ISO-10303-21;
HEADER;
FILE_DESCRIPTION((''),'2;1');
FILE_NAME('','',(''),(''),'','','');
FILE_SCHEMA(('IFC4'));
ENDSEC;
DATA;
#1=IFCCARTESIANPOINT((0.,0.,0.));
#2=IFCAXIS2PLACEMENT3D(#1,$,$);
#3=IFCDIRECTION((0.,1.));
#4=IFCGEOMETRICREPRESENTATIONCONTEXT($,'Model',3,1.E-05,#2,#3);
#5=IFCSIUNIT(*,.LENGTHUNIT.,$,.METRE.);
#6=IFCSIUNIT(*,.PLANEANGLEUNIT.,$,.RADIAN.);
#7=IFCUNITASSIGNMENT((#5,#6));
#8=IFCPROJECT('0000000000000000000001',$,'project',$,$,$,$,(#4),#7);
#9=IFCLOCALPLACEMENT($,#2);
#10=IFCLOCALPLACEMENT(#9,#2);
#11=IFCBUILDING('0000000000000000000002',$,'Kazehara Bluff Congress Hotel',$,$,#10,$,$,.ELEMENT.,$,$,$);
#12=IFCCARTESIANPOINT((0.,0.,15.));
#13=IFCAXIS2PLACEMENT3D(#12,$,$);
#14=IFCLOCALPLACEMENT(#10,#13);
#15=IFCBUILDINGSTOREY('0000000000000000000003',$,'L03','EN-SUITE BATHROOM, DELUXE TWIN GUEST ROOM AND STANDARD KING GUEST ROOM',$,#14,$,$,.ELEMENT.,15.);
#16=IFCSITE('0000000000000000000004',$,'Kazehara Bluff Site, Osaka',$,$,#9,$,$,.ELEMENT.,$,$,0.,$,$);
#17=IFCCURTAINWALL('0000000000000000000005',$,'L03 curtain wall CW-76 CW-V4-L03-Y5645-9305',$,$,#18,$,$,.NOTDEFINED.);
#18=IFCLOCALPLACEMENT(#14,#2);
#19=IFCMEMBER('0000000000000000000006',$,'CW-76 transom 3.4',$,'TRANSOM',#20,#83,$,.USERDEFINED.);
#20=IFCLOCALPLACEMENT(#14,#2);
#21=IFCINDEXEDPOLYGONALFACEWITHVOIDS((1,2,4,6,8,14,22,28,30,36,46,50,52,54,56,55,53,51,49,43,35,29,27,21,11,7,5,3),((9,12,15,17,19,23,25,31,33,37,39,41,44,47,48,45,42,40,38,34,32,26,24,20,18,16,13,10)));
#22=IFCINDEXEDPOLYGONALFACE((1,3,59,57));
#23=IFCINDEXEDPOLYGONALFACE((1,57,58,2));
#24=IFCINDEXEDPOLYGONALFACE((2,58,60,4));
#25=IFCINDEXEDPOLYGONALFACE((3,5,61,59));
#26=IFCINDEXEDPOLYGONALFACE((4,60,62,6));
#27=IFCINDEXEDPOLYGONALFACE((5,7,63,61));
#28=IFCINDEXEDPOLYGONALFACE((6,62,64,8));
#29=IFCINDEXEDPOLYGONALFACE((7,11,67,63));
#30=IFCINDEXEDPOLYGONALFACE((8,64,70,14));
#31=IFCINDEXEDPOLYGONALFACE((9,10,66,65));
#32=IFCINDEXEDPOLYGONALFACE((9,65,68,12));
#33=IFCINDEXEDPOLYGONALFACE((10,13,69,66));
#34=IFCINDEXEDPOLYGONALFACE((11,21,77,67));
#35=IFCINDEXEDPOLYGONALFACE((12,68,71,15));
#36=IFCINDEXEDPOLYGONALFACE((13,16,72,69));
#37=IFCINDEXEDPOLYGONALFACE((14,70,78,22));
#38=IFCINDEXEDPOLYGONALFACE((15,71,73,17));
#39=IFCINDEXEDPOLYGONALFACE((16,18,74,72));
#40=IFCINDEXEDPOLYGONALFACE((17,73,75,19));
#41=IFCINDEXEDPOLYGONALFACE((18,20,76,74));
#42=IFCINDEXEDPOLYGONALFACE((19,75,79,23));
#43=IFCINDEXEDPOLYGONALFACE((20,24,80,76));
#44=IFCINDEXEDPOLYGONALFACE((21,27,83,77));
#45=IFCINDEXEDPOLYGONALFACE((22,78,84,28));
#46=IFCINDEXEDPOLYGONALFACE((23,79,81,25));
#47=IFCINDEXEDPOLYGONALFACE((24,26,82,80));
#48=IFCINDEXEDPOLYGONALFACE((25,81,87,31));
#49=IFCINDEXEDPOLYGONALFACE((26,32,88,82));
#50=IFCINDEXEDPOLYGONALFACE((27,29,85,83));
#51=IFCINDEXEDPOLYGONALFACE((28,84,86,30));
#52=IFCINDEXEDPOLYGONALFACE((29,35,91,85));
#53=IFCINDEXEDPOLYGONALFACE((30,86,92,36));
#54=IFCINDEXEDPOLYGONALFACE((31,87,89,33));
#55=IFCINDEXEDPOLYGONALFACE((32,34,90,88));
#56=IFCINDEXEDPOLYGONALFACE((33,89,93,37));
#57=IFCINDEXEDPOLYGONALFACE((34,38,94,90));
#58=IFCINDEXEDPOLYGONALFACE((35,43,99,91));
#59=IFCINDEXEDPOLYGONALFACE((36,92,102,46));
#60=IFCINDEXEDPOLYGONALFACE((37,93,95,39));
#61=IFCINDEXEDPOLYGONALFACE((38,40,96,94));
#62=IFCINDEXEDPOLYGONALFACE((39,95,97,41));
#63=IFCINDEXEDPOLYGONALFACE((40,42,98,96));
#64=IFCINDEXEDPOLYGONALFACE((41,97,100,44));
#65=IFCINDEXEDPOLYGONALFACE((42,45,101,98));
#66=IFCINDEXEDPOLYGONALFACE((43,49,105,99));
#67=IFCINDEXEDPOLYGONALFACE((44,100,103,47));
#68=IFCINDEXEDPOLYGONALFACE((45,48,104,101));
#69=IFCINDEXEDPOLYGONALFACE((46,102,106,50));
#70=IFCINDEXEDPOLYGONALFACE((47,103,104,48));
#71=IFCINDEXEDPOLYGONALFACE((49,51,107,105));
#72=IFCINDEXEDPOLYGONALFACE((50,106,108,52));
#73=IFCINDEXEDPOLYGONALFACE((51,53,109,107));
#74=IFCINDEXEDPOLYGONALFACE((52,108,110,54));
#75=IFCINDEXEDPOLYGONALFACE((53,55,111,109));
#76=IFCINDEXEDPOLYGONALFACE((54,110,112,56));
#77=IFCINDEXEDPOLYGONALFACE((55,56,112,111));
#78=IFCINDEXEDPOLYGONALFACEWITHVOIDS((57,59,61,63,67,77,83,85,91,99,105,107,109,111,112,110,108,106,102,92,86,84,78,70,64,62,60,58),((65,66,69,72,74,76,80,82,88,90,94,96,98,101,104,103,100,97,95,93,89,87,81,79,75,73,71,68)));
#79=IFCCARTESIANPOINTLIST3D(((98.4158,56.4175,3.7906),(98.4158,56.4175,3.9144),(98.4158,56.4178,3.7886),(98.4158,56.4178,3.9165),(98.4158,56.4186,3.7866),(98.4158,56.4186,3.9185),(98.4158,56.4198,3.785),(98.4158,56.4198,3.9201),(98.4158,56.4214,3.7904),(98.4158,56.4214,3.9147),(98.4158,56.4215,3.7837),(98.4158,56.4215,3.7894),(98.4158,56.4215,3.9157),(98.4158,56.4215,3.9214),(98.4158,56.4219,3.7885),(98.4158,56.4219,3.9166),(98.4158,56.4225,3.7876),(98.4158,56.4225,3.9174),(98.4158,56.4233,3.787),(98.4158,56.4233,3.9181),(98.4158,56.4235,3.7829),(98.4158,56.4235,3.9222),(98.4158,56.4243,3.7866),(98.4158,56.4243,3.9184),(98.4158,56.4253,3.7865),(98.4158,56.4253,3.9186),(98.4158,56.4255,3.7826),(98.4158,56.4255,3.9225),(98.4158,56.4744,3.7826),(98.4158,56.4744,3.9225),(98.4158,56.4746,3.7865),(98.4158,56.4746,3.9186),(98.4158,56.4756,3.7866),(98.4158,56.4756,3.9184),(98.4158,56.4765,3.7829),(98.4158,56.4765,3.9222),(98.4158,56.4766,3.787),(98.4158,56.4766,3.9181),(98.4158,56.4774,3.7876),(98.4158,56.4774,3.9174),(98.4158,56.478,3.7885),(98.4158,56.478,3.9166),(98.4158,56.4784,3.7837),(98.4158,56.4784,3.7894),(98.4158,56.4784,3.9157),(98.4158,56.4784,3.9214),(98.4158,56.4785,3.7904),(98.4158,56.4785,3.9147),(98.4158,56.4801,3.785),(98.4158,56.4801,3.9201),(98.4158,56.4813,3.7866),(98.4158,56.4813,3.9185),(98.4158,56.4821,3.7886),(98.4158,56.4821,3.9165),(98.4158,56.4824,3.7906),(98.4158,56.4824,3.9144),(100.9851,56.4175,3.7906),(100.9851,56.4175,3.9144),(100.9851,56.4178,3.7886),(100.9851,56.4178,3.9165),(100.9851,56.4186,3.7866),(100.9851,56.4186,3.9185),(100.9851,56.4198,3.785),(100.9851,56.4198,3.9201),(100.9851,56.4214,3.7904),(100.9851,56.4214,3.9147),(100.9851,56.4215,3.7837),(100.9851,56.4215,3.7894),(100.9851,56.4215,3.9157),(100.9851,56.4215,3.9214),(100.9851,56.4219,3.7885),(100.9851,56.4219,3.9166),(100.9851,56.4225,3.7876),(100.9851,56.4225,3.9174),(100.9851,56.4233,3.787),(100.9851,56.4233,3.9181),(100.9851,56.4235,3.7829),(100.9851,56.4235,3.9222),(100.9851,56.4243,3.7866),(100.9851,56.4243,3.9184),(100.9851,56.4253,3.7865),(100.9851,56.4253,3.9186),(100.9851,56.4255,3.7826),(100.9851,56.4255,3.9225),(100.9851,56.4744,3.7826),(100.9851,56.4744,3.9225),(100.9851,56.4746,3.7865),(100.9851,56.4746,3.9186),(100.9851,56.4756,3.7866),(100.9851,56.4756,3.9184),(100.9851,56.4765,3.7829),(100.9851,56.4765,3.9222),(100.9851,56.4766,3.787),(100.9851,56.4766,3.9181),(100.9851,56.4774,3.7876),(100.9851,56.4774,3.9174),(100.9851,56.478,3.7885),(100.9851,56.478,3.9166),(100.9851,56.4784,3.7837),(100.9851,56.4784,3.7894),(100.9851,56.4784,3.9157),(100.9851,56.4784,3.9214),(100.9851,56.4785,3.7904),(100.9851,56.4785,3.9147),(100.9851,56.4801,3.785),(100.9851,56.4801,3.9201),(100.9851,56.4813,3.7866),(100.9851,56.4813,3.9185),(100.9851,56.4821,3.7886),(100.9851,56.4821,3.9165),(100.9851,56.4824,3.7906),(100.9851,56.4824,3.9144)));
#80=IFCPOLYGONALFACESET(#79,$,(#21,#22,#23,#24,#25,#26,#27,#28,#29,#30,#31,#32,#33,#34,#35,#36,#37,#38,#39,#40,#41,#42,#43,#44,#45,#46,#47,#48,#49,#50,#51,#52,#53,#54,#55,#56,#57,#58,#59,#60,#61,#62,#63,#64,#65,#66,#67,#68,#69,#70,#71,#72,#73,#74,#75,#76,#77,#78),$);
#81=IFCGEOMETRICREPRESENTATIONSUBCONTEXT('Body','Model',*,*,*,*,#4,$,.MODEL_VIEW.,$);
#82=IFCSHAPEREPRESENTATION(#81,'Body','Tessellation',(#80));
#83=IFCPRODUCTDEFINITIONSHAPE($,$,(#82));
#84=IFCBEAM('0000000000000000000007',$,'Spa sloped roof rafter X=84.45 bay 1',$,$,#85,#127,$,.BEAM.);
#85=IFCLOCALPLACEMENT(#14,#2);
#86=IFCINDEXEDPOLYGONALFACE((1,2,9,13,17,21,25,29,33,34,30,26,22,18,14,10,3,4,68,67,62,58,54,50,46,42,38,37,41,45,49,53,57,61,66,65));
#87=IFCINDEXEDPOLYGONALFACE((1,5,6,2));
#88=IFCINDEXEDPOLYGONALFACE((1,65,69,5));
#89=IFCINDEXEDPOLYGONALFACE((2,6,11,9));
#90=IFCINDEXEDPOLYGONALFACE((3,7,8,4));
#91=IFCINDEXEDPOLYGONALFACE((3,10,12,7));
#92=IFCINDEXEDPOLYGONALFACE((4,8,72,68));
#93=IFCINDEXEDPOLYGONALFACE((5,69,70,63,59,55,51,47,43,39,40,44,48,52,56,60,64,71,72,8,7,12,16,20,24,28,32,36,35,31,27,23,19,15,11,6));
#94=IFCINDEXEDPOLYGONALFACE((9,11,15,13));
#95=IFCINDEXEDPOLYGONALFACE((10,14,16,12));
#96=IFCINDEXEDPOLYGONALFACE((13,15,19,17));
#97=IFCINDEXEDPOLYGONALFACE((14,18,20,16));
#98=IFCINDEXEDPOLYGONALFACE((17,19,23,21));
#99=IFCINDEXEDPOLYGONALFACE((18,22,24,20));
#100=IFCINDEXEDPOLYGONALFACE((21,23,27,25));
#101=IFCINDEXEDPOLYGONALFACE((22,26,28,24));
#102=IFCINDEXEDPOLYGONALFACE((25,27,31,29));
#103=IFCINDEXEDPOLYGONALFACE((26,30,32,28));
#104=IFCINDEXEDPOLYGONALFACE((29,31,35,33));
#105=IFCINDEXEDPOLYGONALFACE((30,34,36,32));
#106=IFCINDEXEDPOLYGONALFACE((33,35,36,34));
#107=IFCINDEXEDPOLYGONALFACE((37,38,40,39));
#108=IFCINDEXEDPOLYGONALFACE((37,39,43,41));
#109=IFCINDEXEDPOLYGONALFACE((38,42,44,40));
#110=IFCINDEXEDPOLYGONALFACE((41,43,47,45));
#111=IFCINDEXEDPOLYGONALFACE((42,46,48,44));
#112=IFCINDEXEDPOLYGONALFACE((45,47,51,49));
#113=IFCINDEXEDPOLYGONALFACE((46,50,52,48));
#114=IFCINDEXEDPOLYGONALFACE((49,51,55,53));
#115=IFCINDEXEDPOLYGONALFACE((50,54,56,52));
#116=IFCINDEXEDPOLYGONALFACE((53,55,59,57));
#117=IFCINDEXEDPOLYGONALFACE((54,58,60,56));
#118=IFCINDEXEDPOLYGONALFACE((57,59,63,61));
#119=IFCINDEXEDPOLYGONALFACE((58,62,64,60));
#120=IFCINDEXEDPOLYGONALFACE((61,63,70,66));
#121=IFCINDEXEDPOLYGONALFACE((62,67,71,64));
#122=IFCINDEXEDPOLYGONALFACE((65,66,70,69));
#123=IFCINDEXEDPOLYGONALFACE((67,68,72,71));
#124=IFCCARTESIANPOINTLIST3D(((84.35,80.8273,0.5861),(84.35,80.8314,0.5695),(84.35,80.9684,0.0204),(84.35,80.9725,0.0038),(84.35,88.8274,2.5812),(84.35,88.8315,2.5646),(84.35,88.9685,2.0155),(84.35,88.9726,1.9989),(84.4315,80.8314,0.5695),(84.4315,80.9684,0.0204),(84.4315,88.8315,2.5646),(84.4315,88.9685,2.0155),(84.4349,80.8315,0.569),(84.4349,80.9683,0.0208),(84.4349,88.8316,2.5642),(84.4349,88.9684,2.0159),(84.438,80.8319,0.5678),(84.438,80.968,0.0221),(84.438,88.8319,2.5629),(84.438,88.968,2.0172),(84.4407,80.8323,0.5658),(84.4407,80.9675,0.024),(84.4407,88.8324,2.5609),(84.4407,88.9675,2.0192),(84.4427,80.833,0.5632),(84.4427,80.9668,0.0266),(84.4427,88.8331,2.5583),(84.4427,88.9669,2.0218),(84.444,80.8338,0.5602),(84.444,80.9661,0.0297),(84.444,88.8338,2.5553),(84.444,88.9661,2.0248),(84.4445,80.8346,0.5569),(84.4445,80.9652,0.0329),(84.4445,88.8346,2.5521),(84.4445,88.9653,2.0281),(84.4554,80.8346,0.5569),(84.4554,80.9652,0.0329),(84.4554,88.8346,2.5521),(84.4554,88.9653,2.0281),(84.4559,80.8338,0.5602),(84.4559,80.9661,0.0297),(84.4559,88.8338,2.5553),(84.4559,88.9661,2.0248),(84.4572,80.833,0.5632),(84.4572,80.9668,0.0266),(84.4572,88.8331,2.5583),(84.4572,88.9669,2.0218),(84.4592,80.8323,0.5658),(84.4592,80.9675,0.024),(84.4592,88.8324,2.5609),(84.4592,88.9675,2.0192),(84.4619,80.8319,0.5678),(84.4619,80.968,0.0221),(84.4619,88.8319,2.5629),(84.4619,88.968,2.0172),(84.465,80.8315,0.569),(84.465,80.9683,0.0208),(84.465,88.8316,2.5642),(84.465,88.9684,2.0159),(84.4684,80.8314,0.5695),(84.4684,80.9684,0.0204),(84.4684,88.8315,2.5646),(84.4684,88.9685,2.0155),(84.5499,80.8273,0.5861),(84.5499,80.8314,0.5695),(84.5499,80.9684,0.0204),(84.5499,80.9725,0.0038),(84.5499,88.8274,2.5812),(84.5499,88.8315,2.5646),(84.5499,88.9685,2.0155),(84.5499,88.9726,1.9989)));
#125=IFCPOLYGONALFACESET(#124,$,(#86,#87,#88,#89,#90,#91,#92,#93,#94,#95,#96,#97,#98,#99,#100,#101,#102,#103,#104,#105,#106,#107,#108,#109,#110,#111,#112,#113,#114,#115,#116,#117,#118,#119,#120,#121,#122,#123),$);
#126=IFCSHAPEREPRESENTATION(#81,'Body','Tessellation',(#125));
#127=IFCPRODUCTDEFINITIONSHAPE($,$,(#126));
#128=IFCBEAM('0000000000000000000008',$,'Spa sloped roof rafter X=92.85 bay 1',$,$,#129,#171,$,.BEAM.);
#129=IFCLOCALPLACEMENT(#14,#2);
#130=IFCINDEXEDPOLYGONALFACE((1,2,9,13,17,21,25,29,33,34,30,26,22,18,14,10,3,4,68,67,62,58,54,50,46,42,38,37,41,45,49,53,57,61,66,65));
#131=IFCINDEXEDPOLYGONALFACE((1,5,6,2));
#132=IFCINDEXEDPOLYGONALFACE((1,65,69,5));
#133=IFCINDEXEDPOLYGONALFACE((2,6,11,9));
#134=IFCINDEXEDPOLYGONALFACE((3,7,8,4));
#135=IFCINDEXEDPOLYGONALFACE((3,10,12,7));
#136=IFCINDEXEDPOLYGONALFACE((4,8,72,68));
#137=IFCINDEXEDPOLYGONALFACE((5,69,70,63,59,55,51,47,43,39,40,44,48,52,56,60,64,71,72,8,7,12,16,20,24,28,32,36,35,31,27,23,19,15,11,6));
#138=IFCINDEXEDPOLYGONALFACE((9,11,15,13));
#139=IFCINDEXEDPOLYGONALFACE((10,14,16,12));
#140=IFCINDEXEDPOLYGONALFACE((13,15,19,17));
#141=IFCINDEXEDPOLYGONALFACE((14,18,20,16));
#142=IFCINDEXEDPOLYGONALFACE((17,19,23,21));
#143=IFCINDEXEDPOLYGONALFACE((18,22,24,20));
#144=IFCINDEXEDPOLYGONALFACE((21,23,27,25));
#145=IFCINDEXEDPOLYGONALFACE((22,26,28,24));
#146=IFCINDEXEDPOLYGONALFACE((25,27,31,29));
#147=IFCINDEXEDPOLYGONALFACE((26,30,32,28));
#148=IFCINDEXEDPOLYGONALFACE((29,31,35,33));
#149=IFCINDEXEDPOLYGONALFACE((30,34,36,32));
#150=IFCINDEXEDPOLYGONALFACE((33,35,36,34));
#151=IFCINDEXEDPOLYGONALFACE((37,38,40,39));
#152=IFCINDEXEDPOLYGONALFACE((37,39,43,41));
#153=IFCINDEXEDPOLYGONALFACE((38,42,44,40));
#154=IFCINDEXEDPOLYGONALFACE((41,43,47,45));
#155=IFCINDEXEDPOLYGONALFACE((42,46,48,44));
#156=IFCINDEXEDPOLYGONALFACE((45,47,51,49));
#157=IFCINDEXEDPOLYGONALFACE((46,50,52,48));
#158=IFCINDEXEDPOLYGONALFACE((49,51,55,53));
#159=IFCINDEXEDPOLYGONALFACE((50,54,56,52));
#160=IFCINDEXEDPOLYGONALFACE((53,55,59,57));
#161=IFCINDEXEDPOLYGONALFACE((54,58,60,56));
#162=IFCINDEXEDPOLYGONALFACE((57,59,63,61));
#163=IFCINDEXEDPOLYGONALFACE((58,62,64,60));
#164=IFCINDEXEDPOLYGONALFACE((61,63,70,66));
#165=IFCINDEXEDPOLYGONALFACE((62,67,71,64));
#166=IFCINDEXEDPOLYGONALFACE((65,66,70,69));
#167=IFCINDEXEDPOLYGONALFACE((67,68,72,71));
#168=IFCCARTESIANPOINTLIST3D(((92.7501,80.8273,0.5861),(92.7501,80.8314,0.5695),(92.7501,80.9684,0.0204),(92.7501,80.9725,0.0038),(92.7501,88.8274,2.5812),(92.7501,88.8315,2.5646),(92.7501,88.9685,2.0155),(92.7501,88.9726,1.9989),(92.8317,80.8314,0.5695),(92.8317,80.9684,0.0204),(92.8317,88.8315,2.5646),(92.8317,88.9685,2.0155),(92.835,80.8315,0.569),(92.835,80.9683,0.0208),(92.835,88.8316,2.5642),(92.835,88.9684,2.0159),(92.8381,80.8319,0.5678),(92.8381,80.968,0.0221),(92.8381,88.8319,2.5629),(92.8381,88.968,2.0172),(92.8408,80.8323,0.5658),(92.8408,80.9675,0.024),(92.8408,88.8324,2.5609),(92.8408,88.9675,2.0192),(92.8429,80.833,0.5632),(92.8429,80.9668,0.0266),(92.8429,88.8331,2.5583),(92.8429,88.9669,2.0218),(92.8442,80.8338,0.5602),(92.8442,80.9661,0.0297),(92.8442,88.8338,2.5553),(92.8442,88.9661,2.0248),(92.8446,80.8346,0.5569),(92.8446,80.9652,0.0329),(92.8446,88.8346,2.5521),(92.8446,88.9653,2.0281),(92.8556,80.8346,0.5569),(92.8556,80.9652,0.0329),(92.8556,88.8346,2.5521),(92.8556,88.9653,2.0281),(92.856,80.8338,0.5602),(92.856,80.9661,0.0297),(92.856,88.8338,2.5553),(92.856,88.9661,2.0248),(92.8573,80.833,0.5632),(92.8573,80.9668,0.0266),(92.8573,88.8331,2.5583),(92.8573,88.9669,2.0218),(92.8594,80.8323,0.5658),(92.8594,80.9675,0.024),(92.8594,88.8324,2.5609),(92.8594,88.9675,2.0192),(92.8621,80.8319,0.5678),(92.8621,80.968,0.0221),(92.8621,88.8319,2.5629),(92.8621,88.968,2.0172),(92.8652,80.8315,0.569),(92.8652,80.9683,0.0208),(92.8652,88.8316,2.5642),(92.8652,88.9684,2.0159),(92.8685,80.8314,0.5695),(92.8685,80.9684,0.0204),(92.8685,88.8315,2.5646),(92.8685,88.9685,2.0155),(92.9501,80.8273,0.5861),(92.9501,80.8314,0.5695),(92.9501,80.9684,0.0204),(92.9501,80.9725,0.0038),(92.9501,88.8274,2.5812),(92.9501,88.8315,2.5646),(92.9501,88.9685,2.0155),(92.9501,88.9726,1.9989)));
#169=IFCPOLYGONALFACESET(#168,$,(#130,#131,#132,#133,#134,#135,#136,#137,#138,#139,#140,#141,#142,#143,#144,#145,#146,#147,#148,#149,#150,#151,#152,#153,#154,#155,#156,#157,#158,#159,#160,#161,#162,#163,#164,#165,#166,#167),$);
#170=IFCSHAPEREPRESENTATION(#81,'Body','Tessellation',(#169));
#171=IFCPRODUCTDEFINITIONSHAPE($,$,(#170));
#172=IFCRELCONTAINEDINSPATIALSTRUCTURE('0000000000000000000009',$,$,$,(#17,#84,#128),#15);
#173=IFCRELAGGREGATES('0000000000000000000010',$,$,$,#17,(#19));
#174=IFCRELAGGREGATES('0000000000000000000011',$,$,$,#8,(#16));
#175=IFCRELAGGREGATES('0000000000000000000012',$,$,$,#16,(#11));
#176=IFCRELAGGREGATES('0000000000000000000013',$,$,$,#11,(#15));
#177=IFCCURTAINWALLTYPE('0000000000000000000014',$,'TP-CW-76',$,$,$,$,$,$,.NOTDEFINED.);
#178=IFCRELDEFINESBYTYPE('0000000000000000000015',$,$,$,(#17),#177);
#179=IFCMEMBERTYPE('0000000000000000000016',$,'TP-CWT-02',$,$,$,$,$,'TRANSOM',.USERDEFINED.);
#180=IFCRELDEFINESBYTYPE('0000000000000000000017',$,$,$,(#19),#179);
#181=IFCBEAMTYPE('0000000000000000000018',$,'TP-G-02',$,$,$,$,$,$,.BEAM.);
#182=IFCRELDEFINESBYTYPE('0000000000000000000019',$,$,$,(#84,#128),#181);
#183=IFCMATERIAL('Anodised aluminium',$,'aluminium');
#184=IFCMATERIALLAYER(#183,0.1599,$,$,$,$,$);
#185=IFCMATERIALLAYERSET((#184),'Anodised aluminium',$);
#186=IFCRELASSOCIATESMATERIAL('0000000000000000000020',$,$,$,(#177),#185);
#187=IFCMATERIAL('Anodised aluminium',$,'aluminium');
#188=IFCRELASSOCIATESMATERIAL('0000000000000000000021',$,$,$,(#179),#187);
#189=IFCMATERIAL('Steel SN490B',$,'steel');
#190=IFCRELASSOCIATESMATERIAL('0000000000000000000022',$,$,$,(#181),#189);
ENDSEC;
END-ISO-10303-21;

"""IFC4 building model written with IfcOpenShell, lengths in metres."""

from ifc_helpers import new_model, si_unit, direction, frame, origin, origin_2d, place, context, subcontext, project, spatial, hollow_rectangle, i_section, extrude, material, layer, layer_set, material_profile, profile_set, type_object, element, aggregate, save


model = new_model("IFC4")

# Units and contexts
model_context = context("Model", 3, precision=1e-05, world=origin(), true_north=direction((0.0, 1.0)))
body_context = subcontext(model_context, "Body", "Model", "MODEL_VIEW")
ifc_project = project(units=[si_unit("LENGTHUNIT", "METRE"), si_unit("PLANEANGLEUNIT", "RADIAN")], contexts=[model_context])

# Site, building, storey
site_placement = place(None, origin())
site = spatial("IfcSite", under=ifc_project, at=site_placement, Name="Kazehara Bluff Site, Osaka", CompositionType="ELEMENT", RefElevation=0.0)
building_placement = place(site_placement, origin())
building = spatial("IfcBuilding", under=site, at=building_placement, Name="Kazehara Bluff Congress Hotel", CompositionType="ELEMENT")
storey_placement = place(building_placement, frame((0.0, 0.0, 15.0)))
storey = spatial("IfcBuildingStorey", under=building, at=storey_placement, Name="L03", Description="EN-SUITE BATHROOM, DELUXE TWIN GUEST ROOM AND STANDARD KING GUEST ROOM", CompositionType="ELEMENT", Elevation=15.0)

# Curtain wall, member
ifc_material_1 = material(Name="Anodised aluminium", Category="aluminium")
ifc_layer_1 = layer(ifc_material_1, 0.1599)
ifc_layer_set_1 = layer_set([ifc_layer_1], Name="Anodised aluminium")
curtain_wall_type = type_object("IfcCurtainWallType", Name="TP-CW-76", PredefinedType="NOTDEFINED", material=ifc_layer_set_1)
curtain_wall_placement = place(storey_placement, origin())
curtain_wall = element("IfcCurtainWall", 1, at=curtain_wall_placement, inside=storey, type_object=curtain_wall_type, Name="L03 curtain wall CW-76 CW-V4-L03-Y5645-9305", PredefinedType="NOTDEFINED")
ifc_material_2 = material(Name="Anodised aluminium", Category="aluminium")
ifc_material_profile_1 = material_profile(ifc_material_2, hollow_rectangle(XDim=0.0649, YDim=0.1399, WallThickness=0.0039, InnerFilletRadius=0.0039, OuterFilletRadius=0.0081, at=origin_2d()))
ifc_profile_set_1 = profile_set([ifc_material_profile_1], Name="Anodised aluminium")
member_type_1 = type_object("IfcMemberType", Name="TP-CWT-02", ElementType="TRANSOM", PredefinedType="USERDEFINED", material=ifc_profile_set_1)
member_1_placement = place(storey_placement, frame((98.4158, 56.45, 3.8525), z_axis=(1.0, 0.0, 0.0), x_axis=(0.0, 1.0, 0.0)))
member_1 = element("IfcMember", 2, at=member_1_placement, type_object=member_type_1, Name="CW-76 transom 3.4", ObjectType="TRANSOM", PredefinedType="USERDEFINED", context=body_context, shape_type="SweptSolid", body=[
    extrude(hollow_rectangle(XDim=0.0649, YDim=0.1399, WallThickness=0.0039, InnerFilletRadius=0.0039, OuterFilletRadius=0.0081, at=origin_2d()), origin(), (0.0, 0.0, 1.0), 2.5693),
])

# Beams
ifc_material_3 = material(Name="Steel SN490B", Category="steel")
ifc_material_profile_2 = material_profile(ifc_material_3, i_section(OverallWidth=0.2, OverallDepth=0.6001, WebThickness=0.011, FlangeThickness=0.0171, FilletRadius=0.0129, at=origin_2d()))
ifc_profile_set_2 = profile_set([ifc_material_profile_2], Name="Steel SN490B")
beam_type = type_object("IfcBeamType", Name="TP-G-02", PredefinedType="BEAM", material=ifc_profile_set_2)
for number, where, z_axis, x_axis, name in (
    (3, (84.45, 80.8999, 0.2949), (0.0, 0.970282, 0.241978), (-1.0, 0.0, 0.0), "Spa sloped roof rafter X=84.45 bay 1"),
    (4, (92.8501, 80.8999, 0.2949), (0.0, 0.970282, 0.241978), (-1.0, 0.0, 0.0), "Spa sloped roof rafter X=92.85 bay 1"),
):
    element("IfcBeam", number, at=place(storey_placement, frame(where, z_axis=z_axis, x_axis=x_axis)), inside=storey, type_object=beam_type, Name=name, PredefinedType="BEAM", context=body_context, shape_type="SweptSolid", body=[
        extrude(i_section(OverallWidth=0.2, OverallDepth=0.6001, WebThickness=0.011, FlangeThickness=0.0171, FilletRadius=0.0129, at=origin_2d()), origin(), (0.0, 0.0, 1.0), 8.2451),
    ])

aggregate(curtain_wall, [member_1])

save(model, "model.ifc")
